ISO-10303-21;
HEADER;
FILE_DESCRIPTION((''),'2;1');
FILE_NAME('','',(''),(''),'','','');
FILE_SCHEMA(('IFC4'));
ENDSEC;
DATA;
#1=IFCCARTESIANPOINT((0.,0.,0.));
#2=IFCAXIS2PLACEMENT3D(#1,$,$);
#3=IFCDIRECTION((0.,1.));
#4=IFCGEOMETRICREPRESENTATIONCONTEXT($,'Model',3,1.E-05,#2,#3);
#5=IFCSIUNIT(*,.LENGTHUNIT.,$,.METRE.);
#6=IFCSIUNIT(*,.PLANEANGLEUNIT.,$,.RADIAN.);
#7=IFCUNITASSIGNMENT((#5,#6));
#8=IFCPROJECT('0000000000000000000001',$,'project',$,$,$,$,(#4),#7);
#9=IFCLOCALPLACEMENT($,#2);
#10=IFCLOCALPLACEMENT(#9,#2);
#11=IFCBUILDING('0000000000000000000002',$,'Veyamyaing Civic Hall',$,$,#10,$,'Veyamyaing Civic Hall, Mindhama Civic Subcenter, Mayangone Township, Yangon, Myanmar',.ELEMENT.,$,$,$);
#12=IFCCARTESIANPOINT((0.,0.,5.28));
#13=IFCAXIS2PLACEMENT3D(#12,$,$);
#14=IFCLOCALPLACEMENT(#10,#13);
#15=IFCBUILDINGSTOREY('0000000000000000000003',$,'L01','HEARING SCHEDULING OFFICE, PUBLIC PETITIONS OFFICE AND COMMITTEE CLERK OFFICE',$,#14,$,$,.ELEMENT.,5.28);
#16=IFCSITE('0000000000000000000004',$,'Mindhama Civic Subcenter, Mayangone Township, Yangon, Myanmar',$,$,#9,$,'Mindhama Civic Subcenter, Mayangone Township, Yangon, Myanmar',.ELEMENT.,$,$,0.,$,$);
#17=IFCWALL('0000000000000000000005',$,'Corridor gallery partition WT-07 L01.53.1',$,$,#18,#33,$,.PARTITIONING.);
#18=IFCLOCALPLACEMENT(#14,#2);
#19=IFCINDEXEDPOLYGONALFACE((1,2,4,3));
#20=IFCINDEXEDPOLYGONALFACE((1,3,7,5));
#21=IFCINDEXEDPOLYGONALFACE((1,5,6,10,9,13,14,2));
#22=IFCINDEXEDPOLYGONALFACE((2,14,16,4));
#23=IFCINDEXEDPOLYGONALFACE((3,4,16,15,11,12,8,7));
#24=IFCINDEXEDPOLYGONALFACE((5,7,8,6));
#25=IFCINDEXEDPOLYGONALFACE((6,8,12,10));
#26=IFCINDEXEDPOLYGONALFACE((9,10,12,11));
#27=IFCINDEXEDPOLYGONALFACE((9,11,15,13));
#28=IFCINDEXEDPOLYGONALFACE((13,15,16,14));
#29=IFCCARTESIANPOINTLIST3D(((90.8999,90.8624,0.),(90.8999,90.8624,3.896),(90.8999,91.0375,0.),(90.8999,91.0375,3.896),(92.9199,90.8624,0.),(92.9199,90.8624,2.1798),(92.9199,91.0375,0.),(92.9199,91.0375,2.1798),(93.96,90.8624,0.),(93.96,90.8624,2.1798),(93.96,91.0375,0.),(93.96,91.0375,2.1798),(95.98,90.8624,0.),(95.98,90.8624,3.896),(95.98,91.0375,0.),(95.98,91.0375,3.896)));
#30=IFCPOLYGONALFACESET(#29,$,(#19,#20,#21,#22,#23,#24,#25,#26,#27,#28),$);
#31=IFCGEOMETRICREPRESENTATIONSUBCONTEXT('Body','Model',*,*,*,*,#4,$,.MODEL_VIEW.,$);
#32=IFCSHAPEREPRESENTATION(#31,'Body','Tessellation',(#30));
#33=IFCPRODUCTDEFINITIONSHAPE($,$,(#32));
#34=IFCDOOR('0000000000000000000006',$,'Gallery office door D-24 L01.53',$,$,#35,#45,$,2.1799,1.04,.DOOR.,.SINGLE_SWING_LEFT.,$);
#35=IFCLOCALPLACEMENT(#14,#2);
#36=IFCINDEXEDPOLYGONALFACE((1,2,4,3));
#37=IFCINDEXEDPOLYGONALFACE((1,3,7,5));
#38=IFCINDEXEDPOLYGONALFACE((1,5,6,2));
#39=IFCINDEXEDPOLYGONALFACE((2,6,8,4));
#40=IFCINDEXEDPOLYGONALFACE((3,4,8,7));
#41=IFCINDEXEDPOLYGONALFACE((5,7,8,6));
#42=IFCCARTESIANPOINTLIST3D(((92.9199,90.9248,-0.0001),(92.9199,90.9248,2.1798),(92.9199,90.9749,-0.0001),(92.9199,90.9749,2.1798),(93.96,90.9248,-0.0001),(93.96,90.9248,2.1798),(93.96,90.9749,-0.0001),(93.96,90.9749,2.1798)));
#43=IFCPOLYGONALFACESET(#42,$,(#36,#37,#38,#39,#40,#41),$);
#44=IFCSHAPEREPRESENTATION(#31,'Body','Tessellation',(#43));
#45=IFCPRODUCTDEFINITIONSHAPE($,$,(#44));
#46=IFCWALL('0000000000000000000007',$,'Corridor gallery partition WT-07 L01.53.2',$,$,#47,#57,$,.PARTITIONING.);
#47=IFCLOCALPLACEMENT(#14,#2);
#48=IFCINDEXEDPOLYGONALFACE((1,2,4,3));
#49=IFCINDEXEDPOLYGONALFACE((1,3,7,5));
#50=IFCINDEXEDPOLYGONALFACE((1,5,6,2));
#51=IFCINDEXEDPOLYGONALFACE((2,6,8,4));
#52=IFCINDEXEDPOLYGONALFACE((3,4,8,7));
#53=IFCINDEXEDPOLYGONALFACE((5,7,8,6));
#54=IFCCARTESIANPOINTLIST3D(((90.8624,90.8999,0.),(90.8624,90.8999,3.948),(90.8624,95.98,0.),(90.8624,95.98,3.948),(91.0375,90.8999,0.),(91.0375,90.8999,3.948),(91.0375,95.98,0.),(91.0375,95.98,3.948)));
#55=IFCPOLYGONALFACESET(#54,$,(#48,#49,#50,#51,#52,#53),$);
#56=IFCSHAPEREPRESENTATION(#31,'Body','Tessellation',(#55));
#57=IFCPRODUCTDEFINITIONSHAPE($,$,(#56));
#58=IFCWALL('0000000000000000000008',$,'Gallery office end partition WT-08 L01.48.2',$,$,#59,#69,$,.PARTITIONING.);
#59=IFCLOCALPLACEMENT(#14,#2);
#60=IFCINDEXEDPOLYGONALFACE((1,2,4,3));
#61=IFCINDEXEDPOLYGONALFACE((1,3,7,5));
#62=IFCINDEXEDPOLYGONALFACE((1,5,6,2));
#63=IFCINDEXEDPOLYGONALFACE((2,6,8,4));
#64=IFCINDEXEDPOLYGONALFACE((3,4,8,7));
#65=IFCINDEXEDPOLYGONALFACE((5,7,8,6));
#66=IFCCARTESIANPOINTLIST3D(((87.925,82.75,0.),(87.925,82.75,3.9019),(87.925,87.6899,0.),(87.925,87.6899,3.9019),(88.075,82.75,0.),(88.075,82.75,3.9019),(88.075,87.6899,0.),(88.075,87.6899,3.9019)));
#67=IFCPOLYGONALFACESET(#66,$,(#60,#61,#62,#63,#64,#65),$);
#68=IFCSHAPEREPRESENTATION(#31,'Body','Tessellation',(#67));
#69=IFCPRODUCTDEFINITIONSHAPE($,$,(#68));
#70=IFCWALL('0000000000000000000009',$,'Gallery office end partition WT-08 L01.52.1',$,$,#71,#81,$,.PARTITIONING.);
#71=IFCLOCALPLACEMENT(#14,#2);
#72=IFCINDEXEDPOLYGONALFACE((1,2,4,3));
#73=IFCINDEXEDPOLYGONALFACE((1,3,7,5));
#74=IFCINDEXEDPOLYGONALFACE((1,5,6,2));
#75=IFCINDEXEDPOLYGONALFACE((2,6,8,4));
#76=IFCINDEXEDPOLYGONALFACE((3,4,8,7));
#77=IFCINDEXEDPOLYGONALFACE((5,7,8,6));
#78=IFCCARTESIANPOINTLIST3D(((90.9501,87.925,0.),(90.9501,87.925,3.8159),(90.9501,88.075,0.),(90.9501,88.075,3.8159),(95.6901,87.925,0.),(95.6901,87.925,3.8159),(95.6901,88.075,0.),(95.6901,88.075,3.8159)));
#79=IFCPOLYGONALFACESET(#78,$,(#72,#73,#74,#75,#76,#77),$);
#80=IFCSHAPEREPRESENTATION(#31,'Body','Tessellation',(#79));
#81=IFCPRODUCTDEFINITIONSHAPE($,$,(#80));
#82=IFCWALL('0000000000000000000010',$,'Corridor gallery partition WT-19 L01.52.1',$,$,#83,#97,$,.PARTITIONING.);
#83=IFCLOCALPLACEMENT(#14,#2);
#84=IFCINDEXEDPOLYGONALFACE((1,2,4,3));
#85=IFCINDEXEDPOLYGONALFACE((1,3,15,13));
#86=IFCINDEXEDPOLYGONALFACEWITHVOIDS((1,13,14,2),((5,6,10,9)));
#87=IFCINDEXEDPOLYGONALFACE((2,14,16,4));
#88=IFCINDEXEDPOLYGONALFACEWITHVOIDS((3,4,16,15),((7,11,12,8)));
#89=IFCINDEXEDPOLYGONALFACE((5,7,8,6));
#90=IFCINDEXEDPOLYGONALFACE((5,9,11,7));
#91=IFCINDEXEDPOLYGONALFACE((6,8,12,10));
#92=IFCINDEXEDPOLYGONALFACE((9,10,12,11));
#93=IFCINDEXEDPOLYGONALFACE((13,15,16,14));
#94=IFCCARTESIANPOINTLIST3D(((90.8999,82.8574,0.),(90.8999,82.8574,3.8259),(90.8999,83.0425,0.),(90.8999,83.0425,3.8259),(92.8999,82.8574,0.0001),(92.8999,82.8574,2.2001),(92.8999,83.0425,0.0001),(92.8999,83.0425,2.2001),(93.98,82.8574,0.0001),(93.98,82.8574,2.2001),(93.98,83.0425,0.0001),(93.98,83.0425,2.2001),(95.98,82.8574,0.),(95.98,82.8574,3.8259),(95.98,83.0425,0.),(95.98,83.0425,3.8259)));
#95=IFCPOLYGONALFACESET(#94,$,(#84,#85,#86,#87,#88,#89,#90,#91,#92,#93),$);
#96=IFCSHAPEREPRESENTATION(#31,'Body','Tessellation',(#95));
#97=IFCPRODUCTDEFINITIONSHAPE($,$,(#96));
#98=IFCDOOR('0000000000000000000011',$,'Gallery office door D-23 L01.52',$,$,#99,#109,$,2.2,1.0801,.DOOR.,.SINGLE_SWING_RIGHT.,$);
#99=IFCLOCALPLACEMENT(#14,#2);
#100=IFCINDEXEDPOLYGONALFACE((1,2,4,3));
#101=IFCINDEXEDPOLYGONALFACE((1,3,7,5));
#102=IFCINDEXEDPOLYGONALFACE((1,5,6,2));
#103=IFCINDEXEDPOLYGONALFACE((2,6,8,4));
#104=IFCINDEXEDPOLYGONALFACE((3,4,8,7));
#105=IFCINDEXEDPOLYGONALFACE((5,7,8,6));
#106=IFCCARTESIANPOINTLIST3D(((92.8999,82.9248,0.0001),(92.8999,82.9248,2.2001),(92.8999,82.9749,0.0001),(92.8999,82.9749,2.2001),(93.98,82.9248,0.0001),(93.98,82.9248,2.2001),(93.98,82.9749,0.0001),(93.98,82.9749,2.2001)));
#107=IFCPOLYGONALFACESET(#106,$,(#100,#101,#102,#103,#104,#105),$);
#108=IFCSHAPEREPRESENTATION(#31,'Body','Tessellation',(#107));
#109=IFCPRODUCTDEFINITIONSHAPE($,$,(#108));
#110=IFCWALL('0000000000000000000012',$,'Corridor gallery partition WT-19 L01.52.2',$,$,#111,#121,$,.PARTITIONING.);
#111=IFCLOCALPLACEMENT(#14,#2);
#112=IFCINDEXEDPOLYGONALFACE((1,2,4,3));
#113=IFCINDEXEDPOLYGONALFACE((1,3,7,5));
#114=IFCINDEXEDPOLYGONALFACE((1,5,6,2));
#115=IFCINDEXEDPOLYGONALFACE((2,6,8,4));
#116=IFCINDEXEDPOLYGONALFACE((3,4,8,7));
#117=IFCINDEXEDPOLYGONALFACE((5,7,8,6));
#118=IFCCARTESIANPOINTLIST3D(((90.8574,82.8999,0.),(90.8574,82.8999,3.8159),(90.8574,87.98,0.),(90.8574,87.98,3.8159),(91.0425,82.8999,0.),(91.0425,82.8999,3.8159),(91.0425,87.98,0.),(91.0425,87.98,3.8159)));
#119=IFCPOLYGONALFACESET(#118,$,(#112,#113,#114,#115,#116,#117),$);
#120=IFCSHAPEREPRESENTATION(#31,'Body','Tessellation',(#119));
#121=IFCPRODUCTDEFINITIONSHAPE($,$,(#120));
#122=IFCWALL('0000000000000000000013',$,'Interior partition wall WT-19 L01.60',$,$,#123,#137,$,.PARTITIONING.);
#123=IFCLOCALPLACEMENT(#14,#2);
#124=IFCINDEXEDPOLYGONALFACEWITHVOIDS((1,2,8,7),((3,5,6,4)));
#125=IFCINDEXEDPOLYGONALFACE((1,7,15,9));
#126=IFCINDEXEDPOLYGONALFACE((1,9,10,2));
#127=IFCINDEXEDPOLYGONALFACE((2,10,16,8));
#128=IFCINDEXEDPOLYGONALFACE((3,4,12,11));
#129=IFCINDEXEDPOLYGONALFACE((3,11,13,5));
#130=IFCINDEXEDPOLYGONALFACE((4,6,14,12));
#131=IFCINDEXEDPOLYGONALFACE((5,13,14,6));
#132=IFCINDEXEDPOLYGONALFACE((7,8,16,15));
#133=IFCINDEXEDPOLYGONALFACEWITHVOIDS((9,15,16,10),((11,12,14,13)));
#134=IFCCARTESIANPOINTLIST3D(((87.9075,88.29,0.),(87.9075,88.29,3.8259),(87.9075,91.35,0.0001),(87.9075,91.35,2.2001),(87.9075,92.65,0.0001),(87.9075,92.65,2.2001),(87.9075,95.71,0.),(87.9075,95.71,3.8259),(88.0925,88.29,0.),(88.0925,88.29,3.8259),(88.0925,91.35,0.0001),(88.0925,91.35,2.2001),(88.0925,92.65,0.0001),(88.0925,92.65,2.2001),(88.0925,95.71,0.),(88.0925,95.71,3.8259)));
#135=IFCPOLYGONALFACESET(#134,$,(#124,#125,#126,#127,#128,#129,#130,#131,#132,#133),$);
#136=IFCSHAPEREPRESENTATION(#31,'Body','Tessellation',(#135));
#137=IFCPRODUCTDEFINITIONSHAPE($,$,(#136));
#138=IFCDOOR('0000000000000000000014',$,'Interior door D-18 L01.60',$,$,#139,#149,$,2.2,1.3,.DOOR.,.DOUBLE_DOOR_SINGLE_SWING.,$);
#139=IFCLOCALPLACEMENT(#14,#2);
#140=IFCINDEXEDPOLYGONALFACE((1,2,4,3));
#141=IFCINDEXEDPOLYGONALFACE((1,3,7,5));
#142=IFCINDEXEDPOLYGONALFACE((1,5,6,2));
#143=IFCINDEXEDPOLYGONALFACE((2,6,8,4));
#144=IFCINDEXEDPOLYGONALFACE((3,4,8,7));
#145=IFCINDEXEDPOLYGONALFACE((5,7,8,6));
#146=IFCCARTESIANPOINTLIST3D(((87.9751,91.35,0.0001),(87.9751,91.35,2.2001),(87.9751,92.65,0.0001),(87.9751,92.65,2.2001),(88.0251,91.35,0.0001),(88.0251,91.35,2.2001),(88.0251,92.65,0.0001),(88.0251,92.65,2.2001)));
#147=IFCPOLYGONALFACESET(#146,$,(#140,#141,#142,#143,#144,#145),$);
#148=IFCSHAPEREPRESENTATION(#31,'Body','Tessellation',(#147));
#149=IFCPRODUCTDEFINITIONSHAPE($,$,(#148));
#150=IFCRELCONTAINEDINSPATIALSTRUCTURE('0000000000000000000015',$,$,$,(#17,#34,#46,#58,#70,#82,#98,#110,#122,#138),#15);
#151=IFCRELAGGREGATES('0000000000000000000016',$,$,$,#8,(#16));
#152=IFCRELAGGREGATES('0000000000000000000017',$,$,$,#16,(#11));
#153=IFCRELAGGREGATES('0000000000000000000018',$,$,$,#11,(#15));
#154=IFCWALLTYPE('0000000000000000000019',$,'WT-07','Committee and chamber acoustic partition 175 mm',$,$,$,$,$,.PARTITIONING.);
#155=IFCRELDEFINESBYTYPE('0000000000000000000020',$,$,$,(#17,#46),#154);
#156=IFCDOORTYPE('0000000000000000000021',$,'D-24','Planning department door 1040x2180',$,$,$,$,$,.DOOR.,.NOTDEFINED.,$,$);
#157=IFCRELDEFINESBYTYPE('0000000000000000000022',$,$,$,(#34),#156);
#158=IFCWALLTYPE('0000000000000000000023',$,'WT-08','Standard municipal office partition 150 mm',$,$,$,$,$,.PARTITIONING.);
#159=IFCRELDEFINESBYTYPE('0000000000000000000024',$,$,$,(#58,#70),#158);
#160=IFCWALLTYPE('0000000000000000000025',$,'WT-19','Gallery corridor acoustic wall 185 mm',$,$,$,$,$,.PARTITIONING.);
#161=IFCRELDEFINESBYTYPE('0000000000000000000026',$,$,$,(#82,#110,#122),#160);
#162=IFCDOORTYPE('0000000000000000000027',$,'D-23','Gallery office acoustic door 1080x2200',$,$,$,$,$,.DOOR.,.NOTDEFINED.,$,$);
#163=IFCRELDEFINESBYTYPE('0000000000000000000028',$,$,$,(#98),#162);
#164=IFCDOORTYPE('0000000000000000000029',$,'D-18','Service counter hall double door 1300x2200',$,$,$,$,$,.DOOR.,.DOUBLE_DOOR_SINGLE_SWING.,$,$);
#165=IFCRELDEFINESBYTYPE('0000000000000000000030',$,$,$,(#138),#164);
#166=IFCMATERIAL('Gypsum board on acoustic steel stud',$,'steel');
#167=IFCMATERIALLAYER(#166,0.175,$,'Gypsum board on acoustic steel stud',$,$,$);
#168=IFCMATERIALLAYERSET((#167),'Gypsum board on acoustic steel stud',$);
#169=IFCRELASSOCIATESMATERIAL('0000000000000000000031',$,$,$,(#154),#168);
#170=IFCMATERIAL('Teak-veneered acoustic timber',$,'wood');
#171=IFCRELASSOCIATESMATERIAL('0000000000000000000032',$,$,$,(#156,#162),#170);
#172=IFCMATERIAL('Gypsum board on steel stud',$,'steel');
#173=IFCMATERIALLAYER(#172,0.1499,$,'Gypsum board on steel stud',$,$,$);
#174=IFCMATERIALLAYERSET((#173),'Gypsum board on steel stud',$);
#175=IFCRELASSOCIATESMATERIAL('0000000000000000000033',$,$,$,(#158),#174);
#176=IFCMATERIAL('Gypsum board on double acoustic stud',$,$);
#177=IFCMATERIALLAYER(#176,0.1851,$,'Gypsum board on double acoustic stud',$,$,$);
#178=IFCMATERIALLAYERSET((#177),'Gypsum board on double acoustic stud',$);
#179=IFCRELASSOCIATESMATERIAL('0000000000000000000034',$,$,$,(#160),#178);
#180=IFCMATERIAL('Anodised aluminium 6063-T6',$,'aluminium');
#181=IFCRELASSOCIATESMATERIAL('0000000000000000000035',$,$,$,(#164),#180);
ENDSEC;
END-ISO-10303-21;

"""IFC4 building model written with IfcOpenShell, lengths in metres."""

from ifc_helpers import new_model, si_unit, direction, frame, frame_2d, origin, place, context, subcontext, project, spatial, rectangle, extrude, material, layer, layer_set, type_object, element, fill, save


model = new_model("IFC4")

# Units and contexts
model_context = context("Model", 3, precision=1e-05, world=origin(), true_north=direction((0.0, 1.0)))
body_context = subcontext(model_context, "Body", "Model", "MODEL_VIEW")
ifc_project = project(units=[si_unit("LENGTHUNIT", "METRE"), si_unit("PLANEANGLEUNIT", "RADIAN")], contexts=[model_context])

# Site, building, storey
site_placement = place(None, origin())
site = spatial("IfcSite", under=ifc_project, at=site_placement, Name="Mindhama Civic Subcenter, Mayangone Township, Yangon, Myanmar", LongName="Mindhama Civic Subcenter, Mayangone Township, Yangon, Myanmar", CompositionType="ELEMENT", RefElevation=0.0)
building_placement = place(site_placement, origin())
building = spatial("IfcBuilding", under=site, at=building_placement, Name="Veyamyaing Civic Hall", LongName="Veyamyaing Civic Hall, Mindhama Civic Subcenter, Mayangone Township, Yangon, Myanmar", CompositionType="ELEMENT")
storey_placement = place(building_placement, frame((0.0, 0.0, 5.28)))
storey = spatial("IfcBuildingStorey", under=building, at=storey_placement, Name="L01", Description="HEARING SCHEDULING OFFICE, PUBLIC PETITIONS OFFICE AND COMMITTEE CLERK OFFICE", CompositionType="ELEMENT", Elevation=5.28)

# Shared definitions
ifc_material_1 = material(Name="Anodised aluminium 6063-T6", Category="aluminium")

# Wall, opening, door
ifc_material_2 = material(Name="Gypsum board on acoustic steel stud", Category="steel")
ifc_layer_1 = layer(ifc_material_2, 0.175, Name="Gypsum board on acoustic steel stud")
ifc_layer_set_1 = layer_set([ifc_layer_1], Name="Gypsum board on acoustic steel stud")
wall_type_1 = type_object("IfcWallType", Name="WT-07", Description="Committee and chamber acoustic partition 175 mm", PredefinedType="PARTITIONING", material=ifc_layer_set_1)
wall_1_placement = place(storey_placement, frame((90.8999, 90.95, 0.0), z_axis=(0.0, 0.0, 1.0), x_axis=(1.0, 0.0, 0.0)))
wall_1 = element("IfcWall", 1, at=wall_1_placement, inside=storey, type_object=wall_type_1, Name="Corridor gallery partition WT-07 L01.53.1", PredefinedType="PARTITIONING", context=body_context, shape_type="SweptSolid", body=[
    extrude(rectangle(XDim=5.0801, YDim=0.175, at=frame_2d((2.54, 0.0))), origin(), (0.0, 0.0, 1.0), 3.896),
])
opening_1_placement = place(wall_1_placement, frame((2.02, 0.0, 0.0)))
opening_1 = element("IfcOpeningElement", 2, at=opening_1_placement, cuts=wall_1, PredefinedType="OPENING", context=body_context, shape_type="SweptSolid", body=[
    extrude(rectangle(XDim=1.04, YDim=2.1799, at=frame_2d((0.52, 1.0898))), frame((0.0, 0.0974, 0.0), z_axis=(0.0, -1.0, 0.0), x_axis=(1.0, 0.0, 0.0)), (0.0, 0.0, 1.0), 0.1951),
])
ifc_material_3 = material(Name="Teak-veneered acoustic timber", Category="wood")
door_type_1 = type_object("IfcDoorType", Name="D-24", Description="Planning department door 1040x2180", OperationType="NOTDEFINED", PredefinedType="DOOR", material=ifc_material_3)
door_1_placement = place(opening_1_placement, origin())
door_1 = element("IfcDoor", 3, at=door_1_placement, inside=storey, type_object=door_type_1, Name="Gallery office door D-24 L01.53", OperationType="SINGLE_SWING_LEFT", OverallHeight=2.1799, OverallWidth=1.04, PredefinedType="DOOR", context=body_context, shape_type="SweptSolid", body=[
    extrude(rectangle(XDim=1.04, YDim=2.1799, at=frame_2d((0.52, 1.0898))), frame((0.0, 0.0249, 0.0), z_axis=(0.0, -1.0, 0.0), x_axis=(1.0, 0.0, 0.0)), (0.0, 0.0, 1.0), 0.05),
])
fill(opening_1, door_1)

# Walls
wall_2_placement = place(storey_placement, frame((90.95, 90.8999, 0.0), z_axis=(0.0, 0.0, 1.0), x_axis=(0.0, 1.0, 0.0)))
element("IfcWall", 4, at=wall_2_placement, inside=storey, type_object=wall_type_1, Name="Corridor gallery partition WT-07 L01.53.2", PredefinedType="PARTITIONING", context=body_context, shape_type="SweptSolid", body=[
    extrude(rectangle(XDim=5.0801, YDim=0.175, at=frame_2d((2.54, 0.0))), origin(), (0.0, 0.0, 1.0), 3.948),
])
ifc_material_4 = material(Name="Gypsum board on steel stud", Category="steel")
ifc_layer_2 = layer(ifc_material_4, 0.1499, Name="Gypsum board on steel stud")
ifc_layer_set_2 = layer_set([ifc_layer_2], Name="Gypsum board on steel stud")
wall_type_2 = type_object("IfcWallType", Name="WT-08", Description="Standard municipal office partition 150 mm", PredefinedType="PARTITIONING", material=ifc_layer_set_2)
wall_3_placement = place(storey_placement, frame((88.0, 82.75, 0.0), z_axis=(0.0, 0.0, 1.0), x_axis=(0.0, 1.0, 0.0)))
element("IfcWall", 5, at=wall_3_placement, inside=storey, type_object=wall_type_2, Name="Gallery office end partition WT-08 L01.48.2", PredefinedType="PARTITIONING", context=body_context, shape_type="SweptSolid", body=[
    extrude(rectangle(XDim=4.9399, YDim=0.1499, at=frame_2d((2.47, 0.0))), origin(), (0.0, 0.0, 1.0), 3.9019),
])
wall_4_placement = place(storey_placement, frame((90.95, 88.0, 0.0), z_axis=(0.0, 0.0, 1.0), x_axis=(1.0, 0.0, 0.0)))
element("IfcWall", 6, at=wall_4_placement, inside=storey, type_object=wall_type_2, Name="Gallery office end partition WT-08 L01.52.1", PredefinedType="PARTITIONING", context=body_context, shape_type="SweptSolid", body=[
    extrude(rectangle(XDim=4.74, YDim=0.1499, at=frame_2d((2.3701, 0.0))), origin(), (0.0, 0.0, 1.0), 3.8159),
])

# Wall, opening, door
ifc_material_5 = material(Name="Gypsum board on double acoustic stud")
ifc_layer_3 = layer(ifc_material_5, 0.1851, Name="Gypsum board on double acoustic stud")
ifc_layer_set_3 = layer_set([ifc_layer_3], Name="Gypsum board on double acoustic stud")
wall_type_3 = type_object("IfcWallType", Name="WT-19", Description="Gallery corridor acoustic wall 185 mm", PredefinedType="PARTITIONING", material=ifc_layer_set_3)
wall_5_placement = place(storey_placement, frame((90.8999, 82.95, 0.0), z_axis=(0.0, 0.0, 1.0), x_axis=(1.0, 0.0, 0.0)))
wall_5 = element("IfcWall", 7, at=wall_5_placement, inside=storey, type_object=wall_type_3, Name="Corridor gallery partition WT-19 L01.52.1", PredefinedType="PARTITIONING", context=body_context, shape_type="SweptSolid", body=[
    extrude(rectangle(XDim=5.0801, YDim=0.1851, at=frame_2d((2.54, 0.0))), origin(), (0.0, 0.0, 1.0), 3.8259),
])
opening_2_placement = place(wall_5_placement, frame((2.0, 0.0, 0.0)))
opening_2 = element("IfcOpeningElement", 8, at=opening_2_placement, cuts=wall_5, PredefinedType="OPENING", context=body_context, shape_type="SweptSolid", body=[
    extrude(rectangle(XDim=1.0801, YDim=2.2, at=frame_2d((0.54, 1.1001))), frame((0.0, 0.1025, 0.0), z_axis=(0.0, -1.0, 0.0), x_axis=(1.0, 0.0, 0.0)), (0.0, 0.0, 1.0), 0.2051),
])
door_type_2 = type_object("IfcDoorType", Name="D-23", Description="Gallery office acoustic door 1080x2200", OperationType="NOTDEFINED", PredefinedType="DOOR", material=ifc_material_3)
door_2_placement = place(opening_2_placement, origin())
door_2 = element("IfcDoor", 9, at=door_2_placement, inside=storey, type_object=door_type_2, Name="Gallery office door D-23 L01.52", OperationType="SINGLE_SWING_RIGHT", OverallHeight=2.2, OverallWidth=1.0801, PredefinedType="DOOR", context=body_context, shape_type="SweptSolid", body=[
    extrude(rectangle(XDim=1.0801, YDim=2.2, at=frame_2d((0.54, 1.1001))), frame((0.0, 0.0249, 0.0), z_axis=(0.0, -1.0, 0.0), x_axis=(1.0, 0.0, 0.0)), (0.0, 0.0, 1.0), 0.05),
])
fill(opening_2, door_2)

# Wall
wall_6_placement = place(storey_placement, frame((90.95, 82.8999, 0.0), z_axis=(0.0, 0.0, 1.0), x_axis=(0.0, 1.0, 0.0)))
element("IfcWall", 10, at=wall_6_placement, inside=storey, type_object=wall_type_3, Name="Corridor gallery partition WT-19 L01.52.2", PredefinedType="PARTITIONING", context=body_context, shape_type="SweptSolid", body=[
    extrude(rectangle(XDim=5.0801, YDim=0.1851, at=frame_2d((2.54, 0.0))), origin(), (0.0, 0.0, 1.0), 3.8159),
])

# Wall, opening, door
wall_7_placement = place(storey_placement, frame((88.0, 88.29, 0.0), z_axis=(0.0, 0.0, 1.0), x_axis=(0.0, 1.0, 0.0)))
wall_7 = element("IfcWall", 11, at=wall_7_placement, inside=storey, type_object=wall_type_3, Name="Interior partition wall WT-19 L01.60", PredefinedType="PARTITIONING", context=body_context, shape_type="SweptSolid", body=[
    extrude(rectangle(XDim=7.4199, YDim=0.1851, at=frame_2d((3.71, 0.0))), origin(), (0.0, 0.0, 1.0), 3.8259),
])
opening_3_placement = place(wall_7_placement, frame((3.0601, 0.0, 0.0)))
opening_3 = element("IfcOpeningElement", 12, at=opening_3_placement, cuts=wall_7, PredefinedType="OPENING", context=body_context, shape_type="SweptSolid", body=[
    extrude(rectangle(XDim=1.3, YDim=2.2, at=frame_2d((0.6499, 1.1001))), frame((0.0, 0.1025, 0.0), z_axis=(0.0, -1.0, 0.0), x_axis=(1.0, 0.0, 0.0)), (0.0, 0.0, 1.0), 0.2051),
])
door_type_3 = type_object("IfcDoorType", Name="D-18", Description="Service counter hall double door 1300x2200", OperationType="DOUBLE_DOOR_SINGLE_SWING", PredefinedType="DOOR", material=ifc_material_1)
door_3_placement = place(opening_3_placement, origin())
door_3 = element("IfcDoor", 13, at=door_3_placement, inside=storey, type_object=door_type_3, Name="Interior door D-18 L01.60", OperationType="DOUBLE_DOOR_SINGLE_SWING", OverallHeight=2.2, OverallWidth=1.3, PredefinedType="DOOR", context=body_context, shape_type="SweptSolid", body=[
    extrude(rectangle(XDim=1.3, YDim=2.2, at=frame_2d((0.6499, 1.1001))), frame((0.0, 0.0249, 0.0), z_axis=(0.0, -1.0, 0.0), x_axis=(1.0, 0.0, 0.0)), (0.0, 0.0, 1.0), 0.05),
])
fill(opening_3, door_3)

save(model, "model.ifc")
